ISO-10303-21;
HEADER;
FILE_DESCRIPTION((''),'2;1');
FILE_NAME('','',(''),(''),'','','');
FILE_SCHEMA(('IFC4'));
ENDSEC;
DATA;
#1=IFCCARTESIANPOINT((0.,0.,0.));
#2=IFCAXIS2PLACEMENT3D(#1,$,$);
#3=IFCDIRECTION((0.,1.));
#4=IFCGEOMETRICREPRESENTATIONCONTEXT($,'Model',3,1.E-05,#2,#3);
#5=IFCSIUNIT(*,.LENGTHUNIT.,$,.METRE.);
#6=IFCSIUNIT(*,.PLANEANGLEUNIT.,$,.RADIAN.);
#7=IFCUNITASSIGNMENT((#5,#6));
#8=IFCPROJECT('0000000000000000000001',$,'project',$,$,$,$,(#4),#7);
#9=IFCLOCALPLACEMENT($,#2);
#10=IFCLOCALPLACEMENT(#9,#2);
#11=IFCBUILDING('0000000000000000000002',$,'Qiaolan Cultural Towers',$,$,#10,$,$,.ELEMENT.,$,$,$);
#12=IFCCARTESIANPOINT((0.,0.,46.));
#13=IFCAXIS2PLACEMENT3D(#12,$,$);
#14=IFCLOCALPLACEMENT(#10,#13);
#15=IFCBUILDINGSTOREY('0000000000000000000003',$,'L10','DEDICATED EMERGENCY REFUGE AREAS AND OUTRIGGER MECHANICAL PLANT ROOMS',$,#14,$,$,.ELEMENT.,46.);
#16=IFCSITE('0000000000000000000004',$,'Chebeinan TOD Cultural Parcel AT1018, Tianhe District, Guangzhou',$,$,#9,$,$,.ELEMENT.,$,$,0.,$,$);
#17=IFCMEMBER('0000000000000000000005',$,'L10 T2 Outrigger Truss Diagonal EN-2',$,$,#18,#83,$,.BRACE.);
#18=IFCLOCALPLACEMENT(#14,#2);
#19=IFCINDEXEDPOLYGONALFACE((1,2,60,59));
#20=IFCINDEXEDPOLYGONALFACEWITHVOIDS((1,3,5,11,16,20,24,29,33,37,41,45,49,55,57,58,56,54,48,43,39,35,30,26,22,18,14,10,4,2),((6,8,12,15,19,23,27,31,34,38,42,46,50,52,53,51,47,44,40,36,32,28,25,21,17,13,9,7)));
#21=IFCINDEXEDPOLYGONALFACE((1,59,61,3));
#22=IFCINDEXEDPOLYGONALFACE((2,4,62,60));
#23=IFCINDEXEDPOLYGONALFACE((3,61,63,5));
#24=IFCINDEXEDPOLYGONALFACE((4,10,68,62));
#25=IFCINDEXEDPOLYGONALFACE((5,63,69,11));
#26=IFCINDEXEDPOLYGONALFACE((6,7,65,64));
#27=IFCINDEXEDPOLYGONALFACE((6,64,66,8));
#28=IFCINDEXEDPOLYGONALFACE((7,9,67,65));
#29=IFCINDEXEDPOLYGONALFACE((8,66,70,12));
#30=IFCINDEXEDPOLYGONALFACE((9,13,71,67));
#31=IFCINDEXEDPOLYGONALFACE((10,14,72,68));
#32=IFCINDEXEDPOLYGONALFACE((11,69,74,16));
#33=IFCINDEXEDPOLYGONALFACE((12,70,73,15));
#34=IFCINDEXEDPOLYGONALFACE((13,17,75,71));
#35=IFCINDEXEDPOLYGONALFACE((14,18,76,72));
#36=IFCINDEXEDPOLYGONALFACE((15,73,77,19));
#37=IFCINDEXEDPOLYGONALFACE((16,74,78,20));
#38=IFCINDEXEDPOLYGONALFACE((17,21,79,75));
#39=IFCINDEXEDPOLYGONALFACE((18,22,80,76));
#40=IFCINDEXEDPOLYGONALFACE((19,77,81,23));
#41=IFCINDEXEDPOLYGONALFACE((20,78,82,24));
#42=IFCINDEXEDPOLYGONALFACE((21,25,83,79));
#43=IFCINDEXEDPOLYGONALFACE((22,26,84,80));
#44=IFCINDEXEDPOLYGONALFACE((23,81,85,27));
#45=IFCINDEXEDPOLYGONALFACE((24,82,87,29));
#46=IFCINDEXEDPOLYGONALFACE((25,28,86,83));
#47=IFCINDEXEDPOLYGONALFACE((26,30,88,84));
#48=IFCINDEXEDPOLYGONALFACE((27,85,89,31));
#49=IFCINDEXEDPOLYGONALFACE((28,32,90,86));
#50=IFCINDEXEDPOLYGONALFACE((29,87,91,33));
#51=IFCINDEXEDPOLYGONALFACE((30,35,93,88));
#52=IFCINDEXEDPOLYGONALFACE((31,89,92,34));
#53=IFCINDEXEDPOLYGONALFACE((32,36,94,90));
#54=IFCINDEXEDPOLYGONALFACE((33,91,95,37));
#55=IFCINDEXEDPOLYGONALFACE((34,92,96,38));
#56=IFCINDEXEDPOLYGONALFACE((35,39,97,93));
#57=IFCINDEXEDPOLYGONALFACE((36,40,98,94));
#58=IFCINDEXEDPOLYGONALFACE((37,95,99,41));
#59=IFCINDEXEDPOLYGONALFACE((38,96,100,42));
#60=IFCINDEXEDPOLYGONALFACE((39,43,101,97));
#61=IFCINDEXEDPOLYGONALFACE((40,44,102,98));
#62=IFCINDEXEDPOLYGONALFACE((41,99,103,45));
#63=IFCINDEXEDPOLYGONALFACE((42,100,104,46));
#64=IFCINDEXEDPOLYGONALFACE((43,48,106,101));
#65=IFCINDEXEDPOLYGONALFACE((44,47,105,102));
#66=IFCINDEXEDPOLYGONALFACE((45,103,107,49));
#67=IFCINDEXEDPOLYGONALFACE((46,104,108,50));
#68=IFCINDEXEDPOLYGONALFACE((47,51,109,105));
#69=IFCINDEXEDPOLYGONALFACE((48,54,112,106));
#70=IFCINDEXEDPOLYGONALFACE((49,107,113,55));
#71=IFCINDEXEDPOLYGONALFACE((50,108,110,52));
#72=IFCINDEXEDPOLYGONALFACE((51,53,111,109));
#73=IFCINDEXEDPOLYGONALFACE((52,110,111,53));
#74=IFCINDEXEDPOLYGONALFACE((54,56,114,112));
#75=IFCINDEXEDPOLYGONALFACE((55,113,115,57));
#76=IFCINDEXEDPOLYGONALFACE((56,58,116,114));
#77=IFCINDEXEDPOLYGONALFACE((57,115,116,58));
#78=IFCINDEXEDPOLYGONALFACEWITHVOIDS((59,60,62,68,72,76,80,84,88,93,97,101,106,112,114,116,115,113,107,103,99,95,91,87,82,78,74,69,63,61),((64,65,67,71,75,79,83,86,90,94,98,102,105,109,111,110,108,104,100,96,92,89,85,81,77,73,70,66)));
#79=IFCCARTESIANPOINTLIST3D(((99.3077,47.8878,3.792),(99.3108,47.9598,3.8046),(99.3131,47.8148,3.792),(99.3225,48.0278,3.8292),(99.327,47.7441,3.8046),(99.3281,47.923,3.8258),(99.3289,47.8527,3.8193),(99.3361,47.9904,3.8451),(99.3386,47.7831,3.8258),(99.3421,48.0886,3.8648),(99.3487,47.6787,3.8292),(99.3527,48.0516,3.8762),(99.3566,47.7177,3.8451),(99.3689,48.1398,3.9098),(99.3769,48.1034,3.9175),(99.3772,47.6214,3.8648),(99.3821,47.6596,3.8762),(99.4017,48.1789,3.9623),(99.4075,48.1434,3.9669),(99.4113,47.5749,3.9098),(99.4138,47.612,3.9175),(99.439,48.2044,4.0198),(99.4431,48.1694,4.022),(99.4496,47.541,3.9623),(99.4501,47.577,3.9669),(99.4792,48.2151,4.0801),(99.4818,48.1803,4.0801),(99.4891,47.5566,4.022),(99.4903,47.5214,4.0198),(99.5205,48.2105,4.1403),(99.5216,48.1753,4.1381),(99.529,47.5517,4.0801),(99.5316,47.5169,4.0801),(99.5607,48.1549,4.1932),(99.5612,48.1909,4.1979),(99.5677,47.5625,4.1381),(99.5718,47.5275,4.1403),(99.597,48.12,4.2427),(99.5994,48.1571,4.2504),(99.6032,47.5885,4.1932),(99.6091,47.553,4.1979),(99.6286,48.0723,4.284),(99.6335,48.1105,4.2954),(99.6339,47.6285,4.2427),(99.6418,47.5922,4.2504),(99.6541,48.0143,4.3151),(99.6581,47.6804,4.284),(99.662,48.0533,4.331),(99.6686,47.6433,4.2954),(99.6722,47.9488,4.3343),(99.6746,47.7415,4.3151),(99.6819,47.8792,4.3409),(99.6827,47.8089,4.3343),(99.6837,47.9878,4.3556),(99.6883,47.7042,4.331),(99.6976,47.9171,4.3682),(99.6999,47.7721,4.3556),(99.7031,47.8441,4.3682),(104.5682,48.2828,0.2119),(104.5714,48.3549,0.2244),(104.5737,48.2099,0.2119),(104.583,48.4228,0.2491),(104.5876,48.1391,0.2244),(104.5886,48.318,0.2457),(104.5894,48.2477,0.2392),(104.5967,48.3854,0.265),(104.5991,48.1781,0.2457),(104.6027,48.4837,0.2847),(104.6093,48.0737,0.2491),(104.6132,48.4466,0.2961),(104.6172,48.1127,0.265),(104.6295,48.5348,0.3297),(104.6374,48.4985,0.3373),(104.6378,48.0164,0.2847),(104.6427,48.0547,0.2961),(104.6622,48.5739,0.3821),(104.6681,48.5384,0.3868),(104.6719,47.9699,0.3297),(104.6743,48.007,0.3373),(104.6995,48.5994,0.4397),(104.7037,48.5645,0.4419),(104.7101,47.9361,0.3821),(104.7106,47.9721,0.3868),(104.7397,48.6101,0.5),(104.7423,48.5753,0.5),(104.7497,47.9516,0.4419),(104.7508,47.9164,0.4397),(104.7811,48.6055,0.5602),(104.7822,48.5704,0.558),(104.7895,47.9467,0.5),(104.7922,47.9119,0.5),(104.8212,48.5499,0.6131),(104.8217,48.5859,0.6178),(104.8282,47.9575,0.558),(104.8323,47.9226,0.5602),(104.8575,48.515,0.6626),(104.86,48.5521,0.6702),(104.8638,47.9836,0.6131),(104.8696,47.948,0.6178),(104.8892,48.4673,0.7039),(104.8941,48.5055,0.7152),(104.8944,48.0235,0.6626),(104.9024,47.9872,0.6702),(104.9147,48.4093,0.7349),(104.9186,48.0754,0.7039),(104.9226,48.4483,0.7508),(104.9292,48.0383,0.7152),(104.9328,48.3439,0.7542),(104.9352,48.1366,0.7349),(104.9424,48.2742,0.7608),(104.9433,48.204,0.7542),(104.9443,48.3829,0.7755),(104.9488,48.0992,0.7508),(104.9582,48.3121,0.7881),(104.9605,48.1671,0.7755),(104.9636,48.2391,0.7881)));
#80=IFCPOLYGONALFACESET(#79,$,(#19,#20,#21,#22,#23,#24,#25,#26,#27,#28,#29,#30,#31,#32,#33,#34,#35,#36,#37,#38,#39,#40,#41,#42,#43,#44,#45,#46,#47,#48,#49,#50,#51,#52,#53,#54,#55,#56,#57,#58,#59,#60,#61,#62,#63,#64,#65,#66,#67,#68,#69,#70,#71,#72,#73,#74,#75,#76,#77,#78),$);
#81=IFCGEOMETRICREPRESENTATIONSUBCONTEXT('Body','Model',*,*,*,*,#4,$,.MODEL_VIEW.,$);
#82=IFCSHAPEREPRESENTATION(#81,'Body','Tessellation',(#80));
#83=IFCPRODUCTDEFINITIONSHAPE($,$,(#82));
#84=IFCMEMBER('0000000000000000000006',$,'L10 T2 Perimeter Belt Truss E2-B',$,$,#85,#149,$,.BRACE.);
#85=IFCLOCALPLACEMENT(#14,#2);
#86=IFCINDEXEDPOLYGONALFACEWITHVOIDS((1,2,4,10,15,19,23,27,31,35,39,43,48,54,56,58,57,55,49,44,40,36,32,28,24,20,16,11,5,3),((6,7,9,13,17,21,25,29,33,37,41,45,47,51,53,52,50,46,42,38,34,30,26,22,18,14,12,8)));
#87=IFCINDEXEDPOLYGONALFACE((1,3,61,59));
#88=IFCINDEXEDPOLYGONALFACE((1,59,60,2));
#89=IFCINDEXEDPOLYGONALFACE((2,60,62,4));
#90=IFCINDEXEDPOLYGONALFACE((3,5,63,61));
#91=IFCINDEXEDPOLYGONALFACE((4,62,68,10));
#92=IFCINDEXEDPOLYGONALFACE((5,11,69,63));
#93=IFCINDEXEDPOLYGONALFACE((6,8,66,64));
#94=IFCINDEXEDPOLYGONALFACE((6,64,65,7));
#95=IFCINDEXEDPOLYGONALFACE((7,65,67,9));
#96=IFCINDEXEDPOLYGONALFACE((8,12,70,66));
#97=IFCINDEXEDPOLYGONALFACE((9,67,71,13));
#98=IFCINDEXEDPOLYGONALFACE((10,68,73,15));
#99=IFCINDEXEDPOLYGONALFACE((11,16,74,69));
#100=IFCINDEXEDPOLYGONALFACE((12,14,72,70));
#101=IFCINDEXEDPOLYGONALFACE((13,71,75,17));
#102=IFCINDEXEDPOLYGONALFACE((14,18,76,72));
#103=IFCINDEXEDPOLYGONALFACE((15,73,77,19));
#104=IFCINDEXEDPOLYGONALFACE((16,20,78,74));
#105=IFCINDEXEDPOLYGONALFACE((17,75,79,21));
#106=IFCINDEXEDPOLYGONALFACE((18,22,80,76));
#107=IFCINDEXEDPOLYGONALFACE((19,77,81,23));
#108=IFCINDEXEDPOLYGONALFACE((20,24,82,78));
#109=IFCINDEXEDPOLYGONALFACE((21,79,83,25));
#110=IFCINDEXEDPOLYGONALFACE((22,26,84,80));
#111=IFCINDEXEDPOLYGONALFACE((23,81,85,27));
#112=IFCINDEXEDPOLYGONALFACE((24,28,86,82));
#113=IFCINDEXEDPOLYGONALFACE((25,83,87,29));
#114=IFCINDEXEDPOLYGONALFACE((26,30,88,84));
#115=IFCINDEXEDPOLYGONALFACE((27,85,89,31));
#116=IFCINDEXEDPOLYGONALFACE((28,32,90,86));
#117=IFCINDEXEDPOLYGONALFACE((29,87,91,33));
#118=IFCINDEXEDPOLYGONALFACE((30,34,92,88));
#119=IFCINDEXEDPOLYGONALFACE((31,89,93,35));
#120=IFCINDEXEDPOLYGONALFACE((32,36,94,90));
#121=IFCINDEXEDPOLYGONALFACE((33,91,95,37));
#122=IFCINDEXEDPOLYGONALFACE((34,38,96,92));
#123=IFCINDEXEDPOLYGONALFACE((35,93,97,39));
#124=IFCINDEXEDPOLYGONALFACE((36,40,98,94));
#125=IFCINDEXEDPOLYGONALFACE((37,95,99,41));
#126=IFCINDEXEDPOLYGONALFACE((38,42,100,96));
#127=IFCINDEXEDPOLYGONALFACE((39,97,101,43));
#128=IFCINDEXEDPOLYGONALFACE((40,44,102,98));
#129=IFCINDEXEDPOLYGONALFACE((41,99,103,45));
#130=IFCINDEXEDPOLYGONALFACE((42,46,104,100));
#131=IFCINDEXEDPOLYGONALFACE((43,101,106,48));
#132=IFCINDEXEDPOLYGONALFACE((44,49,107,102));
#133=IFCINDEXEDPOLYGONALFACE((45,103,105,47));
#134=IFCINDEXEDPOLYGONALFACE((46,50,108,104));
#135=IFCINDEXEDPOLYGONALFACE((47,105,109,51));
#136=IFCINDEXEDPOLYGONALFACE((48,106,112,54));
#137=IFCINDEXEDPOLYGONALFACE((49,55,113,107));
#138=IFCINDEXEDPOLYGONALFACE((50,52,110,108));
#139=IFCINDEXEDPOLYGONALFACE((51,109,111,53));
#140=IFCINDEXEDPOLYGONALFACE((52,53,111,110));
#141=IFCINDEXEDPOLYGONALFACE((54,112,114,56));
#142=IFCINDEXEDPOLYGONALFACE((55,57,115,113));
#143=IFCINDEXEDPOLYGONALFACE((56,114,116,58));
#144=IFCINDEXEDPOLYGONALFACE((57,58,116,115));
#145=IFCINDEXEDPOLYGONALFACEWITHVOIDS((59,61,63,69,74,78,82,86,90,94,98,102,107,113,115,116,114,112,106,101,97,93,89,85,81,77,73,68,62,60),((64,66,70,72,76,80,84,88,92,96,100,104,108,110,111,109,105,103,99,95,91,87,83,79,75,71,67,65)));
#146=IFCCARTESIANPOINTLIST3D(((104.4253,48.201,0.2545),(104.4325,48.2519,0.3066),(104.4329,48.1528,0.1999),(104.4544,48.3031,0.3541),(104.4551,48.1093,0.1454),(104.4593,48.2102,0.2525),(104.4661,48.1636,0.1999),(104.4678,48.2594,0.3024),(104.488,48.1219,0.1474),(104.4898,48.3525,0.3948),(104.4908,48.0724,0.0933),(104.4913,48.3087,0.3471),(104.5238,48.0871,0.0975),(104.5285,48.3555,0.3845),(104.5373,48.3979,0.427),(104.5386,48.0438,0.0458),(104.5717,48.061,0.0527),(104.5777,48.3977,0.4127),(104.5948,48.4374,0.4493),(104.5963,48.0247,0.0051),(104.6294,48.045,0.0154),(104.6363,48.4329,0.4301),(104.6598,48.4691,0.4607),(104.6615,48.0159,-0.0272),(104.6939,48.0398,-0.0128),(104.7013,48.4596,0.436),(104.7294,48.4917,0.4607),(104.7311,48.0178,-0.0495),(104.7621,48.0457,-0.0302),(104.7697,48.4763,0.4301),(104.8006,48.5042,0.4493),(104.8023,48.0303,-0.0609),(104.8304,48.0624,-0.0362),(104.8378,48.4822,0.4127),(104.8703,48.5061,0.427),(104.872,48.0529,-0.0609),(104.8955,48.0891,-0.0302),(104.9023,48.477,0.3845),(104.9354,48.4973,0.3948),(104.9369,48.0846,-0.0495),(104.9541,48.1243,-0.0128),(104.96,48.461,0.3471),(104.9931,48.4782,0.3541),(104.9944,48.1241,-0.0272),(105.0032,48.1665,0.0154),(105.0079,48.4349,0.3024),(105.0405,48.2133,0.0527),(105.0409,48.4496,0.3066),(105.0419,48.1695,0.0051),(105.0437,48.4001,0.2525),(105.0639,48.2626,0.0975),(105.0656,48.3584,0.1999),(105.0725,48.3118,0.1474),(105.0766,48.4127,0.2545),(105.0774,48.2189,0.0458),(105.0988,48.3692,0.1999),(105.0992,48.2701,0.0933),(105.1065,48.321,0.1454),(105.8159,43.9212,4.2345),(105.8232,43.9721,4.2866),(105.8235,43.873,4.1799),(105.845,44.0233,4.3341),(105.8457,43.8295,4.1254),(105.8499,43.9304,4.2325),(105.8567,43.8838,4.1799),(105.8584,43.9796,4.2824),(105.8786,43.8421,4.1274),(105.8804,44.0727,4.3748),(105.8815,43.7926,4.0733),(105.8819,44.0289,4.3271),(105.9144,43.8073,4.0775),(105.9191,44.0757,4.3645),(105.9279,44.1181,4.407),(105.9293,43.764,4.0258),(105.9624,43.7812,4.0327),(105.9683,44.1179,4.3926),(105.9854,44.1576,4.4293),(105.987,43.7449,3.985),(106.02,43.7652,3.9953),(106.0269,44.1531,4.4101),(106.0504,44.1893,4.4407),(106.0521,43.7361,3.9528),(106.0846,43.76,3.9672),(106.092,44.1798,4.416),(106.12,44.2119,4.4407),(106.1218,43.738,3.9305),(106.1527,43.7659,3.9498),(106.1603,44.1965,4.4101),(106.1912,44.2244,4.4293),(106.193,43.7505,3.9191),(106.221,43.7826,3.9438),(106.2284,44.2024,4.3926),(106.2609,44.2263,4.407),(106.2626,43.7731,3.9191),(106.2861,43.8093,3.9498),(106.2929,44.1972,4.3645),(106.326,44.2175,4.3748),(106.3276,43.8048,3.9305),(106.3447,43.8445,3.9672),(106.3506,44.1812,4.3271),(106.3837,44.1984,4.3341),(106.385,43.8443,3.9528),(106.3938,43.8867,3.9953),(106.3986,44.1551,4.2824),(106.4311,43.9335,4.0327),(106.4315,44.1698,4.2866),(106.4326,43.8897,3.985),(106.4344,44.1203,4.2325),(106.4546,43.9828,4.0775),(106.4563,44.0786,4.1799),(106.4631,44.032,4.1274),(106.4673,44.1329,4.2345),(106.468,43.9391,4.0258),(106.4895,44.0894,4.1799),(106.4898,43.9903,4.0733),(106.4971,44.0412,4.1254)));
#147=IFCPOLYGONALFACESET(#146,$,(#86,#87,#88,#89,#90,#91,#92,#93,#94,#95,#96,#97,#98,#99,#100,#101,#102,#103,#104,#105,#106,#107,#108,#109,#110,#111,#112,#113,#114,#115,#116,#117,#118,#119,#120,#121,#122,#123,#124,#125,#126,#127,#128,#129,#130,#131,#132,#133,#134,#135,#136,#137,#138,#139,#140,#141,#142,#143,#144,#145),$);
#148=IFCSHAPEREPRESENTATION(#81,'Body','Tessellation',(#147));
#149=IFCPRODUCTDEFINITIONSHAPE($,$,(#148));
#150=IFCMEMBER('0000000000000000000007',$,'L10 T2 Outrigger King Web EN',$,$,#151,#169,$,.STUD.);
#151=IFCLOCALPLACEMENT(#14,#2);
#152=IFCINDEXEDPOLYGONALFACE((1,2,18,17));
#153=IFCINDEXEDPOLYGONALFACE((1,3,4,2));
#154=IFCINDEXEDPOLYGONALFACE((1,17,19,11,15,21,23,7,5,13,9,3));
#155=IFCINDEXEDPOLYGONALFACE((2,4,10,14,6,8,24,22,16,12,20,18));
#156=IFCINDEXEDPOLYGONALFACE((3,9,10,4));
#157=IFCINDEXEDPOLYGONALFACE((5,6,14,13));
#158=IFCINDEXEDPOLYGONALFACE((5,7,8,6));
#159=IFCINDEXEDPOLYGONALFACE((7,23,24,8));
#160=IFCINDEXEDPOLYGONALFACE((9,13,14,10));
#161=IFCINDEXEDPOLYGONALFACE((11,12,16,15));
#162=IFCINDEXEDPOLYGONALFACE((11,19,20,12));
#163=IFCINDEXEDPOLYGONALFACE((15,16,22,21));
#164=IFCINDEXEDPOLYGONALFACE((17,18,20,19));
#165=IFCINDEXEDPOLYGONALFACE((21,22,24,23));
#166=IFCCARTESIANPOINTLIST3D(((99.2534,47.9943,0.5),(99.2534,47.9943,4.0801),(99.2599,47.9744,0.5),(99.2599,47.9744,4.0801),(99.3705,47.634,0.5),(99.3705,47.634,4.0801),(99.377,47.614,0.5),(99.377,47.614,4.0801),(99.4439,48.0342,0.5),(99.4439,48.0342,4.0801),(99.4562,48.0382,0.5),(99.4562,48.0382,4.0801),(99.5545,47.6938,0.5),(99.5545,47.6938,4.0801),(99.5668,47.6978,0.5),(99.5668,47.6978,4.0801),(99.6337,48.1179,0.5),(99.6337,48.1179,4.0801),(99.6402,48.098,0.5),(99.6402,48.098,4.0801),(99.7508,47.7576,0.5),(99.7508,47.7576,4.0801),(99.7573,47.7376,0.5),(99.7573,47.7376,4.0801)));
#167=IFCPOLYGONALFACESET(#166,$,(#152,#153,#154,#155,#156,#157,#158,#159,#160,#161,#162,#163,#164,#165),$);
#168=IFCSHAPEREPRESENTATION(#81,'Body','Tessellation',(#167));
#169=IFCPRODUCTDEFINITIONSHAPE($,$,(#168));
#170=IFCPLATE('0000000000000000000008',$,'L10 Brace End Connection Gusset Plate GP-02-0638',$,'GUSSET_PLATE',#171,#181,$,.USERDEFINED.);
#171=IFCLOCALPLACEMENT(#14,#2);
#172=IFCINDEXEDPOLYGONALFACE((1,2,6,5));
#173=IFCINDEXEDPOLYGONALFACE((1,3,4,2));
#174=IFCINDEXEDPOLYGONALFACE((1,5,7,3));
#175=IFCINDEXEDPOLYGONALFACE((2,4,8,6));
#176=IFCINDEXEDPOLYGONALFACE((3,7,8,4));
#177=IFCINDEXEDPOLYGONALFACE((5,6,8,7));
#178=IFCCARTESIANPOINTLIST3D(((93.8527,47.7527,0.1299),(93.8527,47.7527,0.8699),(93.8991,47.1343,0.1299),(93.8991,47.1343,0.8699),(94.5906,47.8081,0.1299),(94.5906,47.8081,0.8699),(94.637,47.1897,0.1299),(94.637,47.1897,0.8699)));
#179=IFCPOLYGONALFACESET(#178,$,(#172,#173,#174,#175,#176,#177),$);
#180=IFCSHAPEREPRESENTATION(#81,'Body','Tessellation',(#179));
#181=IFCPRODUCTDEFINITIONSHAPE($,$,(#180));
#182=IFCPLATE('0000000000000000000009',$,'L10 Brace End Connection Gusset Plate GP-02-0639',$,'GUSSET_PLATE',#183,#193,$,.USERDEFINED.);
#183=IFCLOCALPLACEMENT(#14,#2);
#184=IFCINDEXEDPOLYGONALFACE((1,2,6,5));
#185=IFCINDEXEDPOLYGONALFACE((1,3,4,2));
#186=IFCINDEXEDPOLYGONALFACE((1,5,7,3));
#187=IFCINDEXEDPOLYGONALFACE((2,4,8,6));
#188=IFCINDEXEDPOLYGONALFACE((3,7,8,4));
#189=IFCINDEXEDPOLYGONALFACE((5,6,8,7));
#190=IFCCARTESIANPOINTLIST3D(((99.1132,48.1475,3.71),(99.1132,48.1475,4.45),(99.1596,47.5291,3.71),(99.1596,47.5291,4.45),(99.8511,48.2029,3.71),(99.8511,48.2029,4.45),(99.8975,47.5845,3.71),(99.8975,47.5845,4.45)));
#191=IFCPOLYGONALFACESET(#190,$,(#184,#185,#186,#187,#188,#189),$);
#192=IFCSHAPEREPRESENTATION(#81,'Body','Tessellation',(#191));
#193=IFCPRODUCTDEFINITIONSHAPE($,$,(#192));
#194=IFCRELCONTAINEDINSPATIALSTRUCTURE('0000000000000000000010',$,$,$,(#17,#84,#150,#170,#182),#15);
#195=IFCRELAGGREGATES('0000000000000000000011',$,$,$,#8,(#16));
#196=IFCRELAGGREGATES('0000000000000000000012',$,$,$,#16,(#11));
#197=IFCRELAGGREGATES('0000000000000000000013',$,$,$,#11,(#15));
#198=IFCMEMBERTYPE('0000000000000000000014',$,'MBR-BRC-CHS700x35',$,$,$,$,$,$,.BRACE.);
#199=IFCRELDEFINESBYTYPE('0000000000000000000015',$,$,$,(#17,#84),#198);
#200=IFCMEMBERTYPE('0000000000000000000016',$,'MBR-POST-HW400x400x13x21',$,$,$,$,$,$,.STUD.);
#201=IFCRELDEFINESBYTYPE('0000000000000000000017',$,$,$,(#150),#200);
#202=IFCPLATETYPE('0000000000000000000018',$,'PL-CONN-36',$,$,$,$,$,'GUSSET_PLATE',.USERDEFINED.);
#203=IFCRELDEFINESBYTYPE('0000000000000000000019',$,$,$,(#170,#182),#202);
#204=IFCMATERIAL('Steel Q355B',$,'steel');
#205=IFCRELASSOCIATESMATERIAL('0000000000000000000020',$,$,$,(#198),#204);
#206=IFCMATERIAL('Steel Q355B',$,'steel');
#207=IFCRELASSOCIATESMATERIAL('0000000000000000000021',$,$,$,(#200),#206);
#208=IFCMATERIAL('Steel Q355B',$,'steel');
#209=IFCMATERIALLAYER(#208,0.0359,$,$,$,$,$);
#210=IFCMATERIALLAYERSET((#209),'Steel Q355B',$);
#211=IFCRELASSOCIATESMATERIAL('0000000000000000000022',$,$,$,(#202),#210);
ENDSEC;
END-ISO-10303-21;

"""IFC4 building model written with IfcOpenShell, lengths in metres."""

from ifc_helpers import new_model, si_unit, direction, frame, origin, origin_2d, place, context, subcontext, project, spatial, rectangle, hollow_circle, i_section, extrude, material, layer, layer_set, material_profile, profile_set, type_object, element, save


model = new_model("IFC4")

# Units and contexts
model_context = context("Model", 3, precision=1e-05, world=origin(), true_north=direction((0.0, 1.0)))
body_context = subcontext(model_context, "Body", "Model", "MODEL_VIEW")
ifc_project = project(units=[si_unit("LENGTHUNIT", "METRE"), si_unit("PLANEANGLEUNIT", "RADIAN")], contexts=[model_context])

# Site, building, storey
site_placement = place(None, origin())
site = spatial("IfcSite", under=ifc_project, at=site_placement, Name="Chebeinan TOD Cultural Parcel AT1018, Tianhe District, Guangzhou", CompositionType="ELEMENT", RefElevation=0.0)
building_placement = place(site_placement, origin())
building = spatial("IfcBuilding", under=site, at=building_placement, Name="Qiaolan Cultural Towers", CompositionType="ELEMENT")
storey_placement = place(building_placement, frame((0.0, 0.0, 46.0)))
storey = spatial("IfcBuildingStorey", under=building, at=storey_placement, Name="L10", Description="DEDICATED EMERGENCY REFUGE AREAS AND OUTRIGGER MECHANICAL PLANT ROOMS", CompositionType="ELEMENT", Elevation=46.0)

# Members
ifc_material_1 = material(Name="Steel Q355B", Category="steel")
ifc_material_profile_1 = material_profile(ifc_material_1, hollow_circle(Radius=0.3501, WallThickness=0.0349, at=origin_2d()), Name="CHS700x35")
ifc_profile_set_1 = profile_set([ifc_material_profile_1], Name="Steel Q355B")
member_type_1 = type_object("IfcMemberType", Name="MBR-BRC-CHS700x35", PredefinedType="BRACE", material=ifc_profile_set_1)
for number, where, z_axis, x_axis, name in (
    (1, (99.5054, 47.866, 4.0801), (0.825123, 0.06196, -0.561545), (-0.074881, 0.997192, 0.0), "L10 T2 Outrigger Truss Diagonal EN-2"),
):
    element("IfcMember", number, at=place(storey_placement, frame(where, z_axis=z_axis, x_axis=x_axis)), inside=storey, type_object=member_type_1, Name=name, PredefinedType="BRACE", context=body_context, shape_type="SweptSolid", body=[
        extrude(hollow_circle(Radius=0.3501, WallThickness=0.0349, at=origin_2d()), origin(), (0.0, 0.0, 1.0), 6.3755),
    ])
member_1_placement = place(storey_placement, frame((106.1565, 43.9812, 4.1799), z_axis=(-0.23148, 0.712401, -0.662497), x_axis=(-0.951054, -0.309025, 0.0)))
element("IfcMember", 2, at=member_1_placement, inside=storey, type_object=member_type_1, Name="L10 T2 Perimeter Belt Truss E2-B", PredefinedType="BRACE", context=body_context, shape_type="SweptSolid", body=[
    extrude(hollow_circle(Radius=0.3501, WallThickness=0.0349, at=origin_2d()), origin(), (0.0, 0.0, 1.0), 6.0076),
])
ifc_material_2 = material(Name="Steel Q355B", Category="steel")
ifc_material_profile_2 = material_profile(ifc_material_2, i_section(OverallWidth=0.3999, OverallDepth=0.3999, WebThickness=0.0129, FlangeThickness=0.021, at=origin_2d()), Name="HW400x400x13x21")
ifc_profile_set_2 = profile_set([ifc_material_profile_2], Name="Steel Q355B")
member_type_2 = type_object("IfcMemberType", Name="MBR-POST-HW400x400x13x21", PredefinedType="STUD", material=ifc_profile_set_2)
member_2_placement = place(storey_placement, frame((99.5054, 47.866, 0.5), z_axis=(0.0, 0.0, 1.0), x_axis=(0.951057, 0.309017, 0.0)))
element("IfcMember", 3, at=member_2_placement, inside=storey, type_object=member_type_2, Name="L10 T2 Outrigger King Web EN", PredefinedType="STUD", context=body_context, shape_type="SweptSolid", body=[
    extrude(i_section(OverallWidth=0.3999, OverallDepth=0.3999, WebThickness=0.0129, FlangeThickness=0.021, at=origin_2d()), origin(), (0.0, 0.0, 1.0), 3.5801),
])

# Plates
ifc_material_3 = material(Name="Steel Q355B", Category="steel")
ifc_layer_1 = layer(ifc_material_3, 0.0359)
ifc_layer_set_1 = layer_set([ifc_layer_1], Name="Steel Q355B")
plate_type_1 = type_object("IfcPlateType", Name="PL-CONN-36", ElementType="GUSSET_PLATE", PredefinedType="USERDEFINED", material=ifc_layer_set_1)
for number, where, z_axis, x_axis, name in (
    (4, (94.2449, 47.4712, 0.1299), (0.0, 0.0, 1.0), (0.997194, 0.074858, 0.0), "L10 Brace End Connection Gusset Plate GP-02-0638"),
    (5, (99.5054, 47.866, 3.71), (0.0, 0.0, 1.0), (0.997194, 0.074858, 0.0), "L10 Brace End Connection Gusset Plate GP-02-0639"),
):
    element("IfcPlate", number, at=place(storey_placement, frame(where, z_axis=z_axis, x_axis=x_axis)), inside=storey, type_object=plate_type_1, Name=name, ObjectType="GUSSET_PLATE", PredefinedType="USERDEFINED", context=body_context, shape_type="SweptSolid", body=[
        extrude(rectangle(XDim=0.74, YDim=0.6201, at=origin_2d()), origin(), (0.0, 0.0, 1.0), 0.74),
    ])

save(model, "model.ifc")
